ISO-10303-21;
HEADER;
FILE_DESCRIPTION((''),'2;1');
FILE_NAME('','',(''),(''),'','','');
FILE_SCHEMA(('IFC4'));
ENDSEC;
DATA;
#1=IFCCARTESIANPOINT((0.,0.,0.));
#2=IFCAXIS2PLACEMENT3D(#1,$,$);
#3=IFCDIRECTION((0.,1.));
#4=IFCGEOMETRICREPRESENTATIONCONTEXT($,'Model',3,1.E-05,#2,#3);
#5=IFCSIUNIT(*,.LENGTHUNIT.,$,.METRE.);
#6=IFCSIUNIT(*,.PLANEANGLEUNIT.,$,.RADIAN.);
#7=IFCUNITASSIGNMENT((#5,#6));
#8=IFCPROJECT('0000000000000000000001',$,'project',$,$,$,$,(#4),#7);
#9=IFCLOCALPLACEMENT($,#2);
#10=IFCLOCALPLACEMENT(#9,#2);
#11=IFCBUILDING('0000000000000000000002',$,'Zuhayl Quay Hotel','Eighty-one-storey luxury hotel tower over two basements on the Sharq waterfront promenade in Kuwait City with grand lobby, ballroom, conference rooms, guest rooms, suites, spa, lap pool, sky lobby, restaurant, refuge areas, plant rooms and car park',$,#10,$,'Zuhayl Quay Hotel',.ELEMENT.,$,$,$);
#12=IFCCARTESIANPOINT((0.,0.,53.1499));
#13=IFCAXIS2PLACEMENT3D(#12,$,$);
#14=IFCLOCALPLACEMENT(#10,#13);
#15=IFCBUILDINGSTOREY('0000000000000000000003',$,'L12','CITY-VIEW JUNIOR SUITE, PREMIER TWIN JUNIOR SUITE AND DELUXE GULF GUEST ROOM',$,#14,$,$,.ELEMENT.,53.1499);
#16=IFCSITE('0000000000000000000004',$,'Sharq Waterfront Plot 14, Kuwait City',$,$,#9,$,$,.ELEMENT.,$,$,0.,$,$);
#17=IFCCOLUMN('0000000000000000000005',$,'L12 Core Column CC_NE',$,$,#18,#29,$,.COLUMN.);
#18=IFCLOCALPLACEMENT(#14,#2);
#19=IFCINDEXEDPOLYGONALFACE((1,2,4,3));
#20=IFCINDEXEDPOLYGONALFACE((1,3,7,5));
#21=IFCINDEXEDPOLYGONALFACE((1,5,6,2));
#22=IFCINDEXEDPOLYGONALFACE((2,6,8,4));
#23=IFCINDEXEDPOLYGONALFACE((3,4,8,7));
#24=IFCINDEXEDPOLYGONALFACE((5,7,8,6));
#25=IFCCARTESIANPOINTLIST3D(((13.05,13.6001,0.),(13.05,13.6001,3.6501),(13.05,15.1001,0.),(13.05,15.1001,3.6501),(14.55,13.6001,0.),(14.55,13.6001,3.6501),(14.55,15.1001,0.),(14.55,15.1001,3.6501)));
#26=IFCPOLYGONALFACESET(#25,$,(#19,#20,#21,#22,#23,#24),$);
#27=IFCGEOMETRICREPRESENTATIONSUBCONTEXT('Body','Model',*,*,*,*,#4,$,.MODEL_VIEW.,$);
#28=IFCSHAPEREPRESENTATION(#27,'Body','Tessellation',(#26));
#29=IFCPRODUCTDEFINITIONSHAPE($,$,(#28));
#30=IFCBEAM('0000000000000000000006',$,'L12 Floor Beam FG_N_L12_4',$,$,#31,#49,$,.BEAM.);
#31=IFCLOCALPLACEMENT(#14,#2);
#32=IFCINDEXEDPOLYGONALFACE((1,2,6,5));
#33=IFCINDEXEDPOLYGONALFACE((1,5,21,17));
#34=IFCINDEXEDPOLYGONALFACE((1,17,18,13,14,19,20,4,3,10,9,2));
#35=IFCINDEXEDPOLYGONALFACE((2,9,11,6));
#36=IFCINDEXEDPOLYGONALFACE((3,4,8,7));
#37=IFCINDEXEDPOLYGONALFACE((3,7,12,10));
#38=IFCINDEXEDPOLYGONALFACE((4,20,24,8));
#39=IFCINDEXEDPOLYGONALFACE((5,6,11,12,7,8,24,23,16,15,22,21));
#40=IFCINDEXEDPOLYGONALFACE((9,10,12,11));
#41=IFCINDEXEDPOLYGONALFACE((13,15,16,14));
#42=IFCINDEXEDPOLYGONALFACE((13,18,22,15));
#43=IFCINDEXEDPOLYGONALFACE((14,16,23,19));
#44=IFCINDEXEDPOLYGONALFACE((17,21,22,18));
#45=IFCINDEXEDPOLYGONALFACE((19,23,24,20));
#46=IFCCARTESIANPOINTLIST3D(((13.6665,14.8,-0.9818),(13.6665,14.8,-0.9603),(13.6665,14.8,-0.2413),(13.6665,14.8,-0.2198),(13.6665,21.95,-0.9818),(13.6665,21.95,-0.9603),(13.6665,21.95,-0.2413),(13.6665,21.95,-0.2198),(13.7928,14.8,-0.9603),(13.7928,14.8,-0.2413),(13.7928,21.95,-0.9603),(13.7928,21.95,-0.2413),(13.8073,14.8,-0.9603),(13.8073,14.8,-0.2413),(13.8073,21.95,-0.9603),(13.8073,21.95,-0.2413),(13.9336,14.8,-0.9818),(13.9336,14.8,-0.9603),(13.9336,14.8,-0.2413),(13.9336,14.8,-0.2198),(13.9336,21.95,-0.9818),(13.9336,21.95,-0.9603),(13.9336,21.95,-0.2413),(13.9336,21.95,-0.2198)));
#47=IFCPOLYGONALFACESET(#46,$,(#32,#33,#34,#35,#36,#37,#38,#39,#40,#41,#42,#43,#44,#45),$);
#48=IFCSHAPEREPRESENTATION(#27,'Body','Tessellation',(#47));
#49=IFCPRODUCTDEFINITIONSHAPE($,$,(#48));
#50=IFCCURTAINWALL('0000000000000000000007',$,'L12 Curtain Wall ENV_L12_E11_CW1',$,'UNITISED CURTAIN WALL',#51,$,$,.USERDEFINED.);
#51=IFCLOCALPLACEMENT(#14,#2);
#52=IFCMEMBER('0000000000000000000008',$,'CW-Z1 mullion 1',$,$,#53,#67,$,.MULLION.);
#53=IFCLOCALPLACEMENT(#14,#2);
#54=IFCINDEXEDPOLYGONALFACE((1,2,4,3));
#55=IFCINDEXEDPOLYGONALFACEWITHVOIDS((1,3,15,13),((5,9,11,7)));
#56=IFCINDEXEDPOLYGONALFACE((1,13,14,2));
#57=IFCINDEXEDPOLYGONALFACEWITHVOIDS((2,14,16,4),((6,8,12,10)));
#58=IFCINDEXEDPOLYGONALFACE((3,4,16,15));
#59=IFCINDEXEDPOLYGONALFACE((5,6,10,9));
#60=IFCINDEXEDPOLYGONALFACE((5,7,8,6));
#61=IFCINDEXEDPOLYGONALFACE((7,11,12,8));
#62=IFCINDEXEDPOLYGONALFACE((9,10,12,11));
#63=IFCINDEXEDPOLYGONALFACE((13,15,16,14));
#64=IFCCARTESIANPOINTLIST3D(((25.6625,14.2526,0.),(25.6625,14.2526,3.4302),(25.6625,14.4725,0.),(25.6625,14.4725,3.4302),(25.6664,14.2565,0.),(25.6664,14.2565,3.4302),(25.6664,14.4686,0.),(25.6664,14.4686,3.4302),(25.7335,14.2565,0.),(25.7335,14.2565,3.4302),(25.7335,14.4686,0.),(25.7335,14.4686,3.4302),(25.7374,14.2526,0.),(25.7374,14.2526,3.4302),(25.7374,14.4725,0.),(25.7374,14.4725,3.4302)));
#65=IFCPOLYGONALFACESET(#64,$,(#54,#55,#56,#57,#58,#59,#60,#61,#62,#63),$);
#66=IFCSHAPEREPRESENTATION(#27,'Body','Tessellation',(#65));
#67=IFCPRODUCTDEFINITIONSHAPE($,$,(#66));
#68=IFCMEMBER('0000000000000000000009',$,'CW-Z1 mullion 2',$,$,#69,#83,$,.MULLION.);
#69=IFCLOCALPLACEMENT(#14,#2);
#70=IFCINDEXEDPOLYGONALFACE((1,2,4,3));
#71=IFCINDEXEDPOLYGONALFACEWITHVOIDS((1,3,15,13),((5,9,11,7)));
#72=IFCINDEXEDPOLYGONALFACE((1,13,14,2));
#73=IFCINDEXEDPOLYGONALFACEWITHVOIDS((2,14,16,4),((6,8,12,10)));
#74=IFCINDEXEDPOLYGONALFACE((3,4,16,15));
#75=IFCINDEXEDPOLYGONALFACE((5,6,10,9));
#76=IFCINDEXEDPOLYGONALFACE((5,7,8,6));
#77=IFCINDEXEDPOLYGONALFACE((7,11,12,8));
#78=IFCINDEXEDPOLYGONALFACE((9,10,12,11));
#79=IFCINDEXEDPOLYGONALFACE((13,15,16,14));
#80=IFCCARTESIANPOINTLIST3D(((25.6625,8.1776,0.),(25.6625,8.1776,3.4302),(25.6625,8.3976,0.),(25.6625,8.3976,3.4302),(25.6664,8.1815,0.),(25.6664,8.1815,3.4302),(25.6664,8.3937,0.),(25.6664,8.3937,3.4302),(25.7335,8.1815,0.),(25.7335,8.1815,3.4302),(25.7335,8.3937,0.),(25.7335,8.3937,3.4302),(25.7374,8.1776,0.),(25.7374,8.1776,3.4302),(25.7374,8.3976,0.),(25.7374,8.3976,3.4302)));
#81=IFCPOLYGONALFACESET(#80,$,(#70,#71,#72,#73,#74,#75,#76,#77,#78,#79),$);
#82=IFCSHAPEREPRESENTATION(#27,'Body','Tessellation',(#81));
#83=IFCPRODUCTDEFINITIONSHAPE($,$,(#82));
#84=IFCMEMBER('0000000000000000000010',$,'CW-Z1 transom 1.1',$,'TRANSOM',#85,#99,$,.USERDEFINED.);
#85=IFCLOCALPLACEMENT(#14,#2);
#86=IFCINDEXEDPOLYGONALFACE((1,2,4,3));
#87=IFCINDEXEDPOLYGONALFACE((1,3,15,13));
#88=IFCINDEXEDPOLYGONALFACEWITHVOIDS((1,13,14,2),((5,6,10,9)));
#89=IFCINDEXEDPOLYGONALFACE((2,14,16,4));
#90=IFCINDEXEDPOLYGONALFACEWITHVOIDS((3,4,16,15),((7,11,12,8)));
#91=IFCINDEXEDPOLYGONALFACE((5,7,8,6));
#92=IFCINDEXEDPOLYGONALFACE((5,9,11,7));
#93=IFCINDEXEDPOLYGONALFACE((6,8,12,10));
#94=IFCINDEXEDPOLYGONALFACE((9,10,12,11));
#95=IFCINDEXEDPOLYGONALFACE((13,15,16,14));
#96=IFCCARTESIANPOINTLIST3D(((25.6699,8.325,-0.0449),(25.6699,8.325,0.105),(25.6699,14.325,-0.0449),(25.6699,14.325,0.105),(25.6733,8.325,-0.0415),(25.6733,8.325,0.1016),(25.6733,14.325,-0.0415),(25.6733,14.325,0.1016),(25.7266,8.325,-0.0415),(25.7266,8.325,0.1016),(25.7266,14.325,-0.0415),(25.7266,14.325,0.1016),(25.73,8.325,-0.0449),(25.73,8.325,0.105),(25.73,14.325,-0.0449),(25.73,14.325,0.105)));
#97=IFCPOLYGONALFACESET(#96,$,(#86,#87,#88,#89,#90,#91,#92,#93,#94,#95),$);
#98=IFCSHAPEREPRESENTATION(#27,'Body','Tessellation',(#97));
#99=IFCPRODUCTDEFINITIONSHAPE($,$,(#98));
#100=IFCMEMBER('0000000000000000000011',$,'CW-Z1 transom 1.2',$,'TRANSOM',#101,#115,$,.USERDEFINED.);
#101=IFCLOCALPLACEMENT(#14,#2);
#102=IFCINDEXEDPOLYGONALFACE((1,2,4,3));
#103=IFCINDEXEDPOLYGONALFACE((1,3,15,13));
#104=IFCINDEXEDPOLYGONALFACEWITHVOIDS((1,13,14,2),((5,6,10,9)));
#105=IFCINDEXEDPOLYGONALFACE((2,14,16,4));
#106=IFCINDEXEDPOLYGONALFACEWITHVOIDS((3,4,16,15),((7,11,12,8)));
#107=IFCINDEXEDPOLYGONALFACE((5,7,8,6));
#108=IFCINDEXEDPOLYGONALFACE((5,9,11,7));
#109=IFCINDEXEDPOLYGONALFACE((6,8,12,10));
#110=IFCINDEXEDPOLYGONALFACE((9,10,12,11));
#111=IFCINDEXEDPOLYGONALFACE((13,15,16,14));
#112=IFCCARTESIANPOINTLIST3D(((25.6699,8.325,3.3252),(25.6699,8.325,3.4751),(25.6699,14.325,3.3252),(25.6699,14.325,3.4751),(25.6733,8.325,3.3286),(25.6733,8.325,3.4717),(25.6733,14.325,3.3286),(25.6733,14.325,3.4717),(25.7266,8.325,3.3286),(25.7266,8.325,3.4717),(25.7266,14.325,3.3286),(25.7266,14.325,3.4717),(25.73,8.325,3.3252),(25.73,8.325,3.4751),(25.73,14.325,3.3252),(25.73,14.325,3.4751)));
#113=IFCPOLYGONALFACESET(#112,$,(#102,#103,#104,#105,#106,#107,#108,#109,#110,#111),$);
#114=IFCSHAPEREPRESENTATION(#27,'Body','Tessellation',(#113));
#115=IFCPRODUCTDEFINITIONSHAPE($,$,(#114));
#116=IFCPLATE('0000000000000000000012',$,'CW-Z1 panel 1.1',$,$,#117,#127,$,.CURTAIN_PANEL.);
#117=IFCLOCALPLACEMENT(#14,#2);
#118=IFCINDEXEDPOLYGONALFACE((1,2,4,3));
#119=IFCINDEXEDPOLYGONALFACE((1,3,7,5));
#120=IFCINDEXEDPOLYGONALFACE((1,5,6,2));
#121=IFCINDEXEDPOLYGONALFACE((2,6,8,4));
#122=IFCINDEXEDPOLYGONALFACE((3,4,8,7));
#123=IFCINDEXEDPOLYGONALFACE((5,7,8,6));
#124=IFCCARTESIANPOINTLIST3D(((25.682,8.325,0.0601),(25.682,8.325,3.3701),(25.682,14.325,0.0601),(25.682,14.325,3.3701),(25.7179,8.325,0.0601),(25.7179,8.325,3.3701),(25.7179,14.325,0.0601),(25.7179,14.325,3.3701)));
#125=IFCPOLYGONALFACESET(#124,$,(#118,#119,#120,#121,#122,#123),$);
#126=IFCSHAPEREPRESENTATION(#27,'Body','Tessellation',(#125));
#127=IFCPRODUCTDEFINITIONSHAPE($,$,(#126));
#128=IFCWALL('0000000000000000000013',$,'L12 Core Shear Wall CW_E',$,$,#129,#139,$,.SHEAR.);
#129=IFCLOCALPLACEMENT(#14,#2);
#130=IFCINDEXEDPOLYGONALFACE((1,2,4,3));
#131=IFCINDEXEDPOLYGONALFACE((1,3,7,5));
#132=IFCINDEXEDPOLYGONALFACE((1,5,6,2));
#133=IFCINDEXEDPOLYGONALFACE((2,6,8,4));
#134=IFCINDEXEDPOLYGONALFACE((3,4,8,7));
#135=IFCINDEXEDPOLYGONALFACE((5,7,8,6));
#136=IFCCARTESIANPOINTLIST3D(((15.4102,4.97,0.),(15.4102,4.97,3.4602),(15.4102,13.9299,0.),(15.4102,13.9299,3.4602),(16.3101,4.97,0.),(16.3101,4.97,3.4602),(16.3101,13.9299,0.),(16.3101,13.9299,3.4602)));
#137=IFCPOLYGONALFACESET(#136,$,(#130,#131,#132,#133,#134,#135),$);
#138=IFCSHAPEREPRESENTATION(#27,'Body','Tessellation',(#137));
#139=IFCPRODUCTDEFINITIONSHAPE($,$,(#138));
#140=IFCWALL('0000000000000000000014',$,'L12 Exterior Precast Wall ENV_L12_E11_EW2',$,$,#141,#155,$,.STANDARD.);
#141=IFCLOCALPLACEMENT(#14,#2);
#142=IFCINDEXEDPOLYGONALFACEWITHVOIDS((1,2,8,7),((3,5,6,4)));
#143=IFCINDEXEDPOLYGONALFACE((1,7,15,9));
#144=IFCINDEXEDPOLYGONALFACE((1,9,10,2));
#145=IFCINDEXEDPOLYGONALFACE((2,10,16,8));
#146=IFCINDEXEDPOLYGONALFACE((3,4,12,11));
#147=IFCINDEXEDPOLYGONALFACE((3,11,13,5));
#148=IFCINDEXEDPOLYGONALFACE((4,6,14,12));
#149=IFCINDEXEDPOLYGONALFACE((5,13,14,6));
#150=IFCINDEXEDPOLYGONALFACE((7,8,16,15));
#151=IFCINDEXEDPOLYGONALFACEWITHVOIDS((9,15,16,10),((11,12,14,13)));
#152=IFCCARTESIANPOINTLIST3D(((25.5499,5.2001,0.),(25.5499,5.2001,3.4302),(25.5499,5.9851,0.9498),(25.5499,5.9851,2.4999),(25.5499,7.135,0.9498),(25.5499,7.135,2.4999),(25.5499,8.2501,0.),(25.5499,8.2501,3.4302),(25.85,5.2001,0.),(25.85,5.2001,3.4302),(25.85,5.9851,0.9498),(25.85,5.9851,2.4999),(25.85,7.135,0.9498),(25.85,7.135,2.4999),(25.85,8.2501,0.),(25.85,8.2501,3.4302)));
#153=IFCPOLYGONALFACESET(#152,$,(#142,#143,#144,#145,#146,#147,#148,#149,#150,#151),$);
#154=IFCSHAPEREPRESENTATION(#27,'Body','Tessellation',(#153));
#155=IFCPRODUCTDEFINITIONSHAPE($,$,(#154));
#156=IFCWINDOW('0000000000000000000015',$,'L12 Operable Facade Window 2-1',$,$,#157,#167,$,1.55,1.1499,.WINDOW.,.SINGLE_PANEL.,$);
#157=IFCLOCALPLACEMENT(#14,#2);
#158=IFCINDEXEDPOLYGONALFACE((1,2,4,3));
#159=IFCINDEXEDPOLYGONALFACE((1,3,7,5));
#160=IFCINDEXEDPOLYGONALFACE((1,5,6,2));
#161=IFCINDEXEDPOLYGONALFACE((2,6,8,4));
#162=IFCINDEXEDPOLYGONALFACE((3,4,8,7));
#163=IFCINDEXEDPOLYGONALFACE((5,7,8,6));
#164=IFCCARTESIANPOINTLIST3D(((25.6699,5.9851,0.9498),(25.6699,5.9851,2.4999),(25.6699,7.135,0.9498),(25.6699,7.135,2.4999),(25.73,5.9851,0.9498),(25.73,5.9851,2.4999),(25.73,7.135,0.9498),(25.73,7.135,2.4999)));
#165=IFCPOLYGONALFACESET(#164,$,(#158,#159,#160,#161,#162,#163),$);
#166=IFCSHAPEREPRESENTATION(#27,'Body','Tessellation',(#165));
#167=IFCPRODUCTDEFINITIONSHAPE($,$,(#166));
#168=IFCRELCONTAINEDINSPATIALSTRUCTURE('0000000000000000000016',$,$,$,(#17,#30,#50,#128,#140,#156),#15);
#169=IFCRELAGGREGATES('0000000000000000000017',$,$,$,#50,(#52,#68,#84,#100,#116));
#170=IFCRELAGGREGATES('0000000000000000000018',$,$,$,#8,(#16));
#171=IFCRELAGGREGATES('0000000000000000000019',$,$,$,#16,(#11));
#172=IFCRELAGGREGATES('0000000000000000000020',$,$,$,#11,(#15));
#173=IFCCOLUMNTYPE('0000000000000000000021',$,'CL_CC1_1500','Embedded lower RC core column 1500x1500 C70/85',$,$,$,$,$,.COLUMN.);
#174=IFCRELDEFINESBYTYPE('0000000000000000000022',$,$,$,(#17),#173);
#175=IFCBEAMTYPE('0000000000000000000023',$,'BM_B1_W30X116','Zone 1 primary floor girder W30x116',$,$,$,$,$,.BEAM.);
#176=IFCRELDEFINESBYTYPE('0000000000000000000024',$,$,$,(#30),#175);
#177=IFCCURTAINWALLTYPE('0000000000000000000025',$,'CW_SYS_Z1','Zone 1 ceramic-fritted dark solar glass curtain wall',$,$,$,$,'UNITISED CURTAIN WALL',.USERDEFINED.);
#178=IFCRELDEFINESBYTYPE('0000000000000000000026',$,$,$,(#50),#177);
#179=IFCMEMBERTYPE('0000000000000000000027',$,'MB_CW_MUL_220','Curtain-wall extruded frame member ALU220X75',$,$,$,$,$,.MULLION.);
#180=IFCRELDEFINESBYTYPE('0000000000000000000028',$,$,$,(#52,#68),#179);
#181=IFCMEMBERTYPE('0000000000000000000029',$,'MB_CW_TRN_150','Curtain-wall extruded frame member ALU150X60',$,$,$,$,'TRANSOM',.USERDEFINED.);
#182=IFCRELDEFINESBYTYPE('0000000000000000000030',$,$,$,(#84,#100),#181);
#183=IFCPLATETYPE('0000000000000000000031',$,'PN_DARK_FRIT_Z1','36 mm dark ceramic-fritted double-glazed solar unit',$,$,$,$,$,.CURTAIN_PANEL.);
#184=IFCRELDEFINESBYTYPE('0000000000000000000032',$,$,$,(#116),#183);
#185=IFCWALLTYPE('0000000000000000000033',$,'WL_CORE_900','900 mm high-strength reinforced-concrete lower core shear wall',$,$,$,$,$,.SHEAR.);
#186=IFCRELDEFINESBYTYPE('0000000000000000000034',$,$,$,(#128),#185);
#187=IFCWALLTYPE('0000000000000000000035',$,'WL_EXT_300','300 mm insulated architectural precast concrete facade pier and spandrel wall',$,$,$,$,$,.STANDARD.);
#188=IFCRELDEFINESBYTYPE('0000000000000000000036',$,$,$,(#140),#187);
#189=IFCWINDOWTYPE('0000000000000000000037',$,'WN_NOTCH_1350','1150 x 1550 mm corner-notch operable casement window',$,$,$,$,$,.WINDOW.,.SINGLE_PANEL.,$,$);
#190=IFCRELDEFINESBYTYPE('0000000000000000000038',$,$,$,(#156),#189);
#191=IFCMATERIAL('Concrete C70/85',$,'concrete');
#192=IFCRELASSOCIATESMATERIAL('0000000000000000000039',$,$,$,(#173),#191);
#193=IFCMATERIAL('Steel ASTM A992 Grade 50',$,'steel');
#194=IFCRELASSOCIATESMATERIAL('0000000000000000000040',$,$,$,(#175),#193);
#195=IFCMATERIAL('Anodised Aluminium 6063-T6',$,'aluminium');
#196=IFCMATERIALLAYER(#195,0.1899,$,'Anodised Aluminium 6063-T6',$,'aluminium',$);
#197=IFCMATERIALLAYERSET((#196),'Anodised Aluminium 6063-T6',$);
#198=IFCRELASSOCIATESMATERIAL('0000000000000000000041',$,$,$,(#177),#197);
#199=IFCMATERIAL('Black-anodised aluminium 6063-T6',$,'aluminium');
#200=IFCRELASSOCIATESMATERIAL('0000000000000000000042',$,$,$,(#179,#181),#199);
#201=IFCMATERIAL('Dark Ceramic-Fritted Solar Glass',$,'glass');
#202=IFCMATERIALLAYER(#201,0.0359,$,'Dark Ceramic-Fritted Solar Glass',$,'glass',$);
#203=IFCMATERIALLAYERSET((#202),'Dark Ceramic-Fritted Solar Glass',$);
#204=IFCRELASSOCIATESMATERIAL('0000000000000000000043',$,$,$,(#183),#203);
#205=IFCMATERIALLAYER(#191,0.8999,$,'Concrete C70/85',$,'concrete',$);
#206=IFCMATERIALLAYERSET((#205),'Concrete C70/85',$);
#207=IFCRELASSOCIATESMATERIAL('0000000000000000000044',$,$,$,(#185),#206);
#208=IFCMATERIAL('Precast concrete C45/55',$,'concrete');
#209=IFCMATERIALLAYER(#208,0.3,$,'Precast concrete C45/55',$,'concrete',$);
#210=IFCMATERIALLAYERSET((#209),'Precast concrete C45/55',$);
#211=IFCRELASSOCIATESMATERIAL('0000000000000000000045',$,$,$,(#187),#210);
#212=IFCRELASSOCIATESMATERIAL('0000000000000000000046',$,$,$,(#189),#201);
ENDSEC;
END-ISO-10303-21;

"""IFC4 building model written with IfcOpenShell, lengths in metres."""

from ifc_helpers import new_model, si_unit, direction, frame, frame_2d, origin, origin_2d, place, context, subcontext, project, spatial, rectangle, hollow_rectangle, i_section, extrude, material, layer, layer_set, material_profile, profile_set, type_object, element, fill, aggregate, save


model = new_model("IFC4")

# Units and contexts
model_context = context("Model", 3, precision=1e-05, world=origin(), true_north=direction((0.0, 1.0)))
body_context = subcontext(model_context, "Body", "Model", "MODEL_VIEW")
ifc_project = project(units=[si_unit("LENGTHUNIT", "METRE"), si_unit("PLANEANGLEUNIT", "RADIAN")], contexts=[model_context])

# Site, building, storey
site_placement = place(None, origin())
site = spatial("IfcSite", under=ifc_project, at=site_placement, Name="Sharq Waterfront Plot 14, Kuwait City", CompositionType="ELEMENT", RefElevation=0.0)
building_placement = place(site_placement, origin())
building = spatial("IfcBuilding", under=site, at=building_placement, Name="Zuhayl Quay Hotel", Description="Eighty-one-storey luxury hotel tower over two basements on the Sharq waterfront promenade in Kuwait City with grand lobby, ballroom, conference rooms, guest rooms, suites, spa, lap pool, sky lobby, restaurant, refuge areas, plant rooms and car park", LongName="Zuhayl Quay Hotel", CompositionType="ELEMENT")
storey_placement = place(building_placement, frame((0.0, 0.0, 53.1499)))
storey = spatial("IfcBuildingStorey", under=building, at=storey_placement, Name="L12", Description="CITY-VIEW JUNIOR SUITE, PREMIER TWIN JUNIOR SUITE AND DELUXE GULF GUEST ROOM", CompositionType="ELEMENT", Elevation=53.1499)

# Column
ifc_material_1 = material(Name="Concrete C70/85", Category="concrete")
ifc_material_profile_1 = material_profile(ifc_material_1, rectangle(XDim=1.5, YDim=1.5, at=origin_2d()), Name="RC1500X1500")
ifc_profile_set_1 = profile_set([ifc_material_profile_1], Name="Concrete C70/85")
column_type = type_object("IfcColumnType", Name="CL_CC1_1500", Description="Embedded lower RC core column 1500x1500 C70/85", PredefinedType="COLUMN", material=ifc_profile_set_1)
column_placement = place(storey_placement, frame((13.8, 14.3501, 0.0), z_axis=(0.0, 0.0, 1.0), x_axis=(1.0, 0.0, 0.0)))
element("IfcColumn", 1, at=column_placement, inside=storey, type_object=column_type, Name="L12 Core Column CC_NE", PredefinedType="COLUMN", context=body_context, shape_type="SweptSolid", body=[
    extrude(rectangle(XDim=1.5, YDim=1.5, at=origin_2d()), origin(), (0.0, 0.0, 1.0), 3.6501),
])

# Beam
ifc_material_2 = material(Name="Steel ASTM A992 Grade 50", Category="steel")
ifc_material_profile_2 = material_profile(ifc_material_2, i_section(OverallWidth=0.2671, OverallDepth=0.762, WebThickness=0.0144, FlangeThickness=0.0215, at=origin_2d()), Name="W30X116")
ifc_profile_set_2 = profile_set([ifc_material_profile_2], Name="Steel ASTM A992 Grade 50")
beam_type = type_object("IfcBeamType", Name="BM_B1_W30X116", Description="Zone 1 primary floor girder W30x116", PredefinedType="BEAM", material=ifc_profile_set_2)
beam_placement = place(storey_placement, frame((13.8, 14.8, -0.6008), z_axis=(0.0, 1.0, 0.0), x_axis=(-1.0, 0.0, 0.0)))
element("IfcBeam", 2, at=beam_placement, inside=storey, type_object=beam_type, Name="L12 Floor Beam FG_N_L12_4", PredefinedType="BEAM", context=body_context, shape_type="SweptSolid", body=[
    extrude(i_section(OverallWidth=0.2671, OverallDepth=0.762, WebThickness=0.0144, FlangeThickness=0.0215, at=origin_2d()), origin(), (0.0, 0.0, 1.0), 7.1499),
])

# Curtain wall, members, plate
ifc_material_3 = material(Name="Anodised Aluminium 6063-T6", Category="aluminium")
ifc_layer_1 = layer(ifc_material_3, 0.1899, Name="Anodised Aluminium 6063-T6", Category="aluminium")
ifc_layer_set_1 = layer_set([ifc_layer_1], Name="Anodised Aluminium 6063-T6")
curtain_wall_type = type_object("IfcCurtainWallType", Name="CW_SYS_Z1", Description="Zone 1 ceramic-fritted dark solar glass curtain wall", ElementType="UNITISED CURTAIN WALL", PredefinedType="USERDEFINED", material=ifc_layer_set_1)
curtain_wall_placement = place(storey_placement, origin())
curtain_wall = element("IfcCurtainWall", 3, at=curtain_wall_placement, inside=storey, type_object=curtain_wall_type, Name="L12 Curtain Wall ENV_L12_E11_CW1", ObjectType="UNITISED CURTAIN WALL", PredefinedType="USERDEFINED")
ifc_material_4 = material(Name="Black-anodised aluminium 6063-T6", Category="aluminium")
ifc_material_profile_3 = material_profile(ifc_material_4, hollow_rectangle(XDim=0.075, YDim=0.22, WallThickness=0.0039, at=origin_2d()), Name="ALU220X75")
ifc_profile_set_3 = profile_set([ifc_material_profile_3], Name="Black-anodised aluminium 6063-T6")
member_type_1 = type_object("IfcMemberType", Name="MB_CW_MUL_220", Description="Curtain-wall extruded frame member ALU220X75", PredefinedType="MULLION", material=ifc_profile_set_3)
member_1_placement = place(storey_placement, frame((25.7, 14.3625, 0.0), z_axis=(0.0, 0.0, 1.0), x_axis=(1.0, 0.0, 0.0)))
member_1 = element("IfcMember", 4, at=member_1_placement, type_object=member_type_1, Name="CW-Z1 mullion 1", PredefinedType="MULLION", context=body_context, shape_type="SweptSolid", body=[
    extrude(hollow_rectangle(XDim=0.075, YDim=0.22, WallThickness=0.0039, at=origin_2d()), origin(), (0.0, 0.0, 1.0), 3.4302),
])
member_2_placement = place(storey_placement, frame((25.7, 8.2876, 0.0), z_axis=(0.0, 0.0, 1.0), x_axis=(1.0, 0.0, 0.0)))
member_2 = element("IfcMember", 5, at=member_2_placement, type_object=member_type_1, Name="CW-Z1 mullion 2", PredefinedType="MULLION", context=body_context, shape_type="SweptSolid", body=[
    extrude(hollow_rectangle(XDim=0.075, YDim=0.22, WallThickness=0.0039, at=origin_2d()), origin(), (0.0, 0.0, 1.0), 3.4302),
])
ifc_material_profile_4 = material_profile(ifc_material_4, hollow_rectangle(XDim=0.0601, YDim=0.1499, WallThickness=0.0034, at=origin_2d()), Name="ALU150X60")
ifc_profile_set_4 = profile_set([ifc_material_profile_4], Name="Black-anodised aluminium 6063-T6")
member_type_2 = type_object("IfcMemberType", Name="MB_CW_TRN_150", Description="Curtain-wall extruded frame member ALU150X60", ElementType="TRANSOM", PredefinedType="USERDEFINED", material=ifc_profile_set_4)
member_3_placement = place(storey_placement, frame((25.7, 14.325, 0.03), z_axis=(0.0, -1.0, 0.0), x_axis=(1.0, 0.0, 0.0)))
member_3 = element("IfcMember", 6, at=member_3_placement, type_object=member_type_2, Name="CW-Z1 transom 1.1", ObjectType="TRANSOM", PredefinedType="USERDEFINED", context=body_context, shape_type="SweptSolid", body=[
    extrude(hollow_rectangle(XDim=0.0601, YDim=0.1499, WallThickness=0.0034, at=origin_2d()), origin(), (0.0, 0.0, 1.0), 6.0),
])
member_4_placement = place(storey_placement, frame((25.7, 14.325, 3.4001), z_axis=(0.0, -1.0, 0.0), x_axis=(1.0, 0.0, 0.0)))
member_4 = element("IfcMember", 7, at=member_4_placement, type_object=member_type_2, Name="CW-Z1 transom 1.2", ObjectType="TRANSOM", PredefinedType="USERDEFINED", context=body_context, shape_type="SweptSolid", body=[
    extrude(hollow_rectangle(XDim=0.0601, YDim=0.1499, WallThickness=0.0034, at=origin_2d()), origin(), (0.0, 0.0, 1.0), 6.0),
])
ifc_material_5 = material(Name="Dark Ceramic-Fritted Solar Glass", Category="glass")
ifc_layer_2 = layer(ifc_material_5, 0.0359, Name="Dark Ceramic-Fritted Solar Glass", Category="glass")
ifc_layer_set_2 = layer_set([ifc_layer_2], Name="Dark Ceramic-Fritted Solar Glass")
plate_type = type_object("IfcPlateType", Name="PN_DARK_FRIT_Z1", Description="36 mm dark ceramic-fritted double-glazed solar unit", PredefinedType="CURTAIN_PANEL", material=ifc_layer_set_2)
plate_placement = place(storey_placement, frame((25.7, 11.325, 0.0601), z_axis=(0.0, 0.0, 1.0), x_axis=(0.0, -1.0, 0.0)))
plate = element("IfcPlate", 8, at=plate_placement, type_object=plate_type, Name="CW-Z1 panel 1.1", PredefinedType="CURTAIN_PANEL", context=body_context, shape_type="SweptSolid", body=[
    extrude(rectangle(XDim=6.0, YDim=0.0359, at=origin_2d()), origin(), (0.0, 0.0, 1.0), 3.3101),
])
aggregate(curtain_wall, [member_1, member_2, member_3, member_4, plate])

# Wall
ifc_layer_3 = layer(ifc_material_1, 0.8999, Name="Concrete C70/85", Category="concrete")
ifc_layer_set_3 = layer_set([ifc_layer_3], Name="Concrete C70/85")
wall_type_1 = type_object("IfcWallType", Name="WL_CORE_900", Description="900 mm high-strength reinforced-concrete lower core shear wall", PredefinedType="SHEAR", material=ifc_layer_set_3)
wall_1_placement = place(storey_placement, frame((15.8601, 4.97, 0.0), z_axis=(0.0, 0.0, 1.0), x_axis=(0.0, 1.0, 0.0)))
element("IfcWall", 9, at=wall_1_placement, inside=storey, type_object=wall_type_1, Name="L12 Core Shear Wall CW_E", PredefinedType="SHEAR", context=body_context, shape_type="SweptSolid", body=[
    extrude(rectangle(XDim=8.96, YDim=0.8999, at=frame_2d((4.48, 0.0))), origin(), (0.0, 0.0, 1.0), 3.4602),
])

# Wall, opening, window
ifc_material_6 = material(Name="Precast concrete C45/55", Category="concrete")
ifc_layer_4 = layer(ifc_material_6, 0.3, Name="Precast concrete C45/55", Category="concrete")
ifc_layer_set_4 = layer_set([ifc_layer_4], Name="Precast concrete C45/55")
wall_type_2 = type_object("IfcWallType", Name="WL_EXT_300", Description="300 mm insulated architectural precast concrete facade pier and spandrel wall", PredefinedType="STANDARD", material=ifc_layer_set_4)
wall_2_placement = place(storey_placement, frame((25.7, 8.25, 0.0), z_axis=(0.0, 0.0, 1.0), x_axis=(0.0, -1.0, 0.0)))
wall_2 = element("IfcWall", 10, at=wall_2_placement, inside=storey, type_object=wall_type_2, Name="L12 Exterior Precast Wall ENV_L12_E11_EW2", PredefinedType="STANDARD", context=body_context, shape_type="SweptSolid", body=[
    extrude(rectangle(XDim=3.05, YDim=0.3, at=frame_2d((1.5249, 0.0))), origin(), (0.0, 0.0, 1.0), 3.4302),
])
opening_1_placement = place(wall_2_placement, frame((1.115, 0.0, 0.95)))
opening_1 = element("IfcOpeningElement", 11, at=opening_1_placement, cuts=wall_2, PredefinedType="OPENING", context=body_context, shape_type="SweptSolid", body=[
    extrude(rectangle(XDim=1.1499, YDim=1.55, at=frame_2d((0.575, 0.7749))), frame((0.0, 0.1599, 0.0), z_axis=(0.0, -1.0, 0.0), x_axis=(1.0, 0.0, 0.0)), (0.0, 0.0, 1.0), 0.3201),
])
window_type = type_object("IfcWindowType", Name="WN_NOTCH_1350", Description="1150 x 1550 mm corner-notch operable casement window", PartitioningType="SINGLE_PANEL", PredefinedType="WINDOW", material=ifc_material_5)
window_1_placement = place(opening_1_placement, origin())
window_1 = element("IfcWindow", 12, at=window_1_placement, inside=storey, type_object=window_type, Name="L12 Operable Facade Window 2-1", OverallHeight=1.55, OverallWidth=1.1499, PartitioningType="SINGLE_PANEL", PredefinedType="WINDOW", context=body_context, shape_type="SweptSolid", body=[
    extrude(rectangle(XDim=1.1499, YDim=1.55, at=frame_2d((0.575, 0.7749))), frame((0.0, 0.03, 0.0), z_axis=(0.0, -1.0, 0.0), x_axis=(1.0, 0.0, 0.0)), (0.0, 0.0, 1.0), 0.0601),
])
fill(opening_1, window_1)

save(model, "model.ifc")
